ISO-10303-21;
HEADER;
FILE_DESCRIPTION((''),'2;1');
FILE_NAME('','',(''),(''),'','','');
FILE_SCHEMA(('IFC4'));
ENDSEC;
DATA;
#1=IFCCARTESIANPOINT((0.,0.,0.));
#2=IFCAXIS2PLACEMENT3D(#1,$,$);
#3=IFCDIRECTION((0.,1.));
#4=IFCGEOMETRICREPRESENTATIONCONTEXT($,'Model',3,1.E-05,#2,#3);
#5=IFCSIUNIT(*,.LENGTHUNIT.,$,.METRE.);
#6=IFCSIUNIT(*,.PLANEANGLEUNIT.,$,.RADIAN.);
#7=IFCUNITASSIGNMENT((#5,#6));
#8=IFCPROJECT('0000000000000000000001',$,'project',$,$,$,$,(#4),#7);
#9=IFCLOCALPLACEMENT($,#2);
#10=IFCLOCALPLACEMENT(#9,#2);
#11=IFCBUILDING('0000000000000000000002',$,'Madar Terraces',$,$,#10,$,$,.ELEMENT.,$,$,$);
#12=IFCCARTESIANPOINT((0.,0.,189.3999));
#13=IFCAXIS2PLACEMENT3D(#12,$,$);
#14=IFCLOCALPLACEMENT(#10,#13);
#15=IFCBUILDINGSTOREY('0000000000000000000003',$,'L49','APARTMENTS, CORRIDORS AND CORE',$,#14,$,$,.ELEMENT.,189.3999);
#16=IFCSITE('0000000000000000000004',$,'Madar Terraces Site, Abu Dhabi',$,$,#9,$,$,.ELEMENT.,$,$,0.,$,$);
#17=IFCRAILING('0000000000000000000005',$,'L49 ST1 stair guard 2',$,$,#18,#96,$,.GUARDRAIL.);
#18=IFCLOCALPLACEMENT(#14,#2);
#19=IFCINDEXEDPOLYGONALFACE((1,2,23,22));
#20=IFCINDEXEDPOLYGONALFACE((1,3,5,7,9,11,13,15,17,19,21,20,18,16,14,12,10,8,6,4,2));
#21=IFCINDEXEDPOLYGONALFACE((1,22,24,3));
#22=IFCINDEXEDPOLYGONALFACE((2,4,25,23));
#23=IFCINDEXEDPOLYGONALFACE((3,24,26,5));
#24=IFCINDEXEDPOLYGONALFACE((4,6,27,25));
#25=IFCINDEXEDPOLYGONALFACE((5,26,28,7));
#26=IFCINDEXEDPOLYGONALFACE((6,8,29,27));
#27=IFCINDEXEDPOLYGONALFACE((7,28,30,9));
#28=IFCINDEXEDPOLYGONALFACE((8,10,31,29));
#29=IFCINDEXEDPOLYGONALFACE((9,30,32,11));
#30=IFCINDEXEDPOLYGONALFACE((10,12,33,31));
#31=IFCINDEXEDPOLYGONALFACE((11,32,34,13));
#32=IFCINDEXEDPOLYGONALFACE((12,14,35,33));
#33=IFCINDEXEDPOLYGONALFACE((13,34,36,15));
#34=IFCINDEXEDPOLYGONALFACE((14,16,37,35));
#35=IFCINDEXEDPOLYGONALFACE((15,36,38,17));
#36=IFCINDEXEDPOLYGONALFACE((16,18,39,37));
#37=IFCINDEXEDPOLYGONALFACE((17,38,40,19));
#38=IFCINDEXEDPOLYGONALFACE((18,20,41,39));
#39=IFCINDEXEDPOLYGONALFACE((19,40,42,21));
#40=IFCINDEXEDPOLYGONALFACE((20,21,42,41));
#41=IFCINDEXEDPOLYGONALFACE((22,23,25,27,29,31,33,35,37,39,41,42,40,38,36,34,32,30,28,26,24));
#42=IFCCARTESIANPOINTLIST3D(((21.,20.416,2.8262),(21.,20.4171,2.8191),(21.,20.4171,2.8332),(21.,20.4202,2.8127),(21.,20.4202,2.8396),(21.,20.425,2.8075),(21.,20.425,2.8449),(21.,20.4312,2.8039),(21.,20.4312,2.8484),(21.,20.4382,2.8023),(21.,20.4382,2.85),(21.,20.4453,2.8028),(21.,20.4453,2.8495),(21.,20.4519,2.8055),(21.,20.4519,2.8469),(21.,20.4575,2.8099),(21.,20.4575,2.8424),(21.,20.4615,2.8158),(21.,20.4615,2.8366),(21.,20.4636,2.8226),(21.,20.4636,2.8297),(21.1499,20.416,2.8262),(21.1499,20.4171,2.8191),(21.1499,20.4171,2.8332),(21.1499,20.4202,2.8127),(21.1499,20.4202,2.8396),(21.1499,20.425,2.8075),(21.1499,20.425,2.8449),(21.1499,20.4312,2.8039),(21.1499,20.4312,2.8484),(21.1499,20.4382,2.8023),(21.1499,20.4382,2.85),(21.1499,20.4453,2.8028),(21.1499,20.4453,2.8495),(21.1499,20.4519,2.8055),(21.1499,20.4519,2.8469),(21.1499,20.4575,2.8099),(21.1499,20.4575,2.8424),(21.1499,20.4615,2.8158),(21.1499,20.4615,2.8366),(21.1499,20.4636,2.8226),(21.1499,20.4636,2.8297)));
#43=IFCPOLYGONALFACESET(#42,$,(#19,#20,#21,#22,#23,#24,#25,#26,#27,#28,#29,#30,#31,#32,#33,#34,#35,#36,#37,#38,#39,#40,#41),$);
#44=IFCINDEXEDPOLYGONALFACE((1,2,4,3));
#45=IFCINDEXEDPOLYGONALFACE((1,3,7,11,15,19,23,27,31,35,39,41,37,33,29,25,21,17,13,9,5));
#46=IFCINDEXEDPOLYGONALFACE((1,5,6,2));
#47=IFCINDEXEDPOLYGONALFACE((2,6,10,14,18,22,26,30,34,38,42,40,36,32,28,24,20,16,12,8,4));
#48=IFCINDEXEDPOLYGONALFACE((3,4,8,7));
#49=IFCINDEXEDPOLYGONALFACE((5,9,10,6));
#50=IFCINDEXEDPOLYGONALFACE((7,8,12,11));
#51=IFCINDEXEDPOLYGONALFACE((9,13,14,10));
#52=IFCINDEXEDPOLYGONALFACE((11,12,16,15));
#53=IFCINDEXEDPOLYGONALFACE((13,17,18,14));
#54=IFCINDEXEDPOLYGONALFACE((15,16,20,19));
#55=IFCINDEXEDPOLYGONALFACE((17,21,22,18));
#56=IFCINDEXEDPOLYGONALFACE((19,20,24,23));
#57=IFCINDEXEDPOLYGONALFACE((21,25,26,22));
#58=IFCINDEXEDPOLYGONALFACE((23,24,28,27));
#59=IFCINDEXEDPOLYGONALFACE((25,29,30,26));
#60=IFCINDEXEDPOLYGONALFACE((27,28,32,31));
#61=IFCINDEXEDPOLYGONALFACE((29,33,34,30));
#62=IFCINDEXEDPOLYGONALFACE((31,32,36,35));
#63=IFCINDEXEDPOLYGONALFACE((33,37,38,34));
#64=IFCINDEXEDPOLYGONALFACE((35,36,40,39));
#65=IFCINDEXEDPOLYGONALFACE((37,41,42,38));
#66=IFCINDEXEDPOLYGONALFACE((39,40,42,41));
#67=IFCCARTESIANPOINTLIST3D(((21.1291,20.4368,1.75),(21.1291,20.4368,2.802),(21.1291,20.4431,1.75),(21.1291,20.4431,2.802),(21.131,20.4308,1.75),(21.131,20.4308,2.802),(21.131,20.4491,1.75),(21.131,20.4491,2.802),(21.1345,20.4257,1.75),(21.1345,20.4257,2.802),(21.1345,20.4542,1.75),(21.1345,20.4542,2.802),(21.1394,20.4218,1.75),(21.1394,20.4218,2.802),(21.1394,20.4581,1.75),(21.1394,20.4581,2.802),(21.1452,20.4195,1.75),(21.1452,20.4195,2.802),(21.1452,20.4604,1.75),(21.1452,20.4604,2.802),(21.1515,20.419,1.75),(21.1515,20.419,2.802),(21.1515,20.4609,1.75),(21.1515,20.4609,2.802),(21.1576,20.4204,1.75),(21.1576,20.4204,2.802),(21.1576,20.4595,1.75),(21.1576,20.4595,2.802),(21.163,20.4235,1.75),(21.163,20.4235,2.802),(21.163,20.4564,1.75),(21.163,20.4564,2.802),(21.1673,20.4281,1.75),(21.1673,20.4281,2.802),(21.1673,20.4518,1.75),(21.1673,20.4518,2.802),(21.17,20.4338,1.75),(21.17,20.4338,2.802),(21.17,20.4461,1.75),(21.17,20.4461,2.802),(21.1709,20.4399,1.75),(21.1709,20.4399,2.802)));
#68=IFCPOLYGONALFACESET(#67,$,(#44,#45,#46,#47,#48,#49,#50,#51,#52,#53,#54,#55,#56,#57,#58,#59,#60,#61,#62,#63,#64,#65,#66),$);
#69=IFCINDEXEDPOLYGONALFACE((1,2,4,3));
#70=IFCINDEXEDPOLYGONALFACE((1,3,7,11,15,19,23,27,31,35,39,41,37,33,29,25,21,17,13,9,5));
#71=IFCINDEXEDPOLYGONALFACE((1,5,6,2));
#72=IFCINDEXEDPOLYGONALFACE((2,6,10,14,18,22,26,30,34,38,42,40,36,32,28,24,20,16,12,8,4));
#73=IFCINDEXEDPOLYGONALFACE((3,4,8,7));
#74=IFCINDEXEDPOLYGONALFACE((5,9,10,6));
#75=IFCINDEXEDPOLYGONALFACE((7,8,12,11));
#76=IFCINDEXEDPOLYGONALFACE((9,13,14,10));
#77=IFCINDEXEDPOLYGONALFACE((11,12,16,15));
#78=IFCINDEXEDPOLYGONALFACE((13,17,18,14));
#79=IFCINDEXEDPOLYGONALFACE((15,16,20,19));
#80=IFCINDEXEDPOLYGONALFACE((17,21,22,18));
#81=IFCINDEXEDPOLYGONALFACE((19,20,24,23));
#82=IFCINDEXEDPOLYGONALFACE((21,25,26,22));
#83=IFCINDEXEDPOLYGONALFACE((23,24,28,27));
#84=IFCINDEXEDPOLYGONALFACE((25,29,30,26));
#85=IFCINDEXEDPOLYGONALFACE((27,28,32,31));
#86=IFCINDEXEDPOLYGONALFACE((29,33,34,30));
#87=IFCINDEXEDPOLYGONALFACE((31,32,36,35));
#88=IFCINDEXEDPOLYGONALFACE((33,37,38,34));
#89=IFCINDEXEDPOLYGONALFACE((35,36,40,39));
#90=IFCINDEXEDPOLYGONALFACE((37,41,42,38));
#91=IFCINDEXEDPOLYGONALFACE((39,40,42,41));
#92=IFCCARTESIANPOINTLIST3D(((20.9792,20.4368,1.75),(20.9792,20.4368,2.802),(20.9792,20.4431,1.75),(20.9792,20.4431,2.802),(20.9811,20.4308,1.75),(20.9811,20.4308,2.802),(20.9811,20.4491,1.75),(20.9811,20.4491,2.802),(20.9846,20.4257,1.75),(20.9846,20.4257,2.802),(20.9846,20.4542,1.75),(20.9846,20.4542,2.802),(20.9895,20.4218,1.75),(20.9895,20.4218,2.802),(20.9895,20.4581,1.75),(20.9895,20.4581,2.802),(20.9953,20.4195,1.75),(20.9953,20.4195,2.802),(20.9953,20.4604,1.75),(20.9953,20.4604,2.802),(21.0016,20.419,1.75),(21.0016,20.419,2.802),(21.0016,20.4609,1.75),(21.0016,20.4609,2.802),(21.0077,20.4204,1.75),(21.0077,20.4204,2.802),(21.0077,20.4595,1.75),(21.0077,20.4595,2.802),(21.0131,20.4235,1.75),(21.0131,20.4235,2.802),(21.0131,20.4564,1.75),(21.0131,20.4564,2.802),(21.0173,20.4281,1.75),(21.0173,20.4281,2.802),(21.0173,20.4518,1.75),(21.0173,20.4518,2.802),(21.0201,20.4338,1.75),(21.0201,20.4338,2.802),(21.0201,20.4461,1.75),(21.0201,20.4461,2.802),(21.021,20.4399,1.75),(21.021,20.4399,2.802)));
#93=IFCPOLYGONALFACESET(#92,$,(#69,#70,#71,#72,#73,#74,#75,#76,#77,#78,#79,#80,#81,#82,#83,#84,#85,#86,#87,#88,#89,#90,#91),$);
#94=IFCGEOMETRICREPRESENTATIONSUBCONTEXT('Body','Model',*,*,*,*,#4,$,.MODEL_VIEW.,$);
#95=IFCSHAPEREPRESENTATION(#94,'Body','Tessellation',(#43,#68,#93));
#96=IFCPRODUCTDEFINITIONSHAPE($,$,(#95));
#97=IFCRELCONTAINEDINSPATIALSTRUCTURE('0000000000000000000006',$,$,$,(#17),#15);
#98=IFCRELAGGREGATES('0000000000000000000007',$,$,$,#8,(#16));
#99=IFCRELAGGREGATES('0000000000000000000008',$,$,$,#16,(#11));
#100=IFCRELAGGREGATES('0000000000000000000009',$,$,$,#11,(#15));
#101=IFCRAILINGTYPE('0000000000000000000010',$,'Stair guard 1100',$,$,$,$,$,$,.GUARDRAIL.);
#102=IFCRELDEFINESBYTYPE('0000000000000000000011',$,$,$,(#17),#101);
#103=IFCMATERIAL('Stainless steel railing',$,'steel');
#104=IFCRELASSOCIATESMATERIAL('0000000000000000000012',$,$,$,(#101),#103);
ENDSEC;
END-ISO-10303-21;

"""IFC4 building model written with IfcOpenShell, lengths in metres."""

from ifc_helpers import new_model, si_unit, direction, frame, origin, origin_2d, place, context, subcontext, project, spatial, circle, extrude, material, type_object, element, save


model = new_model("IFC4")

# Units and contexts
model_context = context("Model", 3, precision=1e-05, world=origin(), true_north=direction((0.0, 1.0)))
body_context = subcontext(model_context, "Body", "Model", "MODEL_VIEW")
ifc_project = project(units=[si_unit("LENGTHUNIT", "METRE"), si_unit("PLANEANGLEUNIT", "RADIAN")], contexts=[model_context])

# Site, building, storey
site_placement = place(None, origin())
site = spatial("IfcSite", under=ifc_project, at=site_placement, Name="Madar Terraces Site, Abu Dhabi", CompositionType="ELEMENT", RefElevation=0.0)
building_placement = place(site_placement, origin())
building = spatial("IfcBuilding", under=site, at=building_placement, Name="Madar Terraces", CompositionType="ELEMENT")
storey_placement = place(building_placement, frame((0.0, 0.0, 189.3999)))
storey = spatial("IfcBuildingStorey", under=building, at=storey_placement, Name="L49", Description="APARTMENTS, CORRIDORS AND CORE", CompositionType="ELEMENT", Elevation=189.3999)

# Railing
ifc_material_1 = material(Name="Stainless steel railing", Category="steel")
railing_type_1 = type_object("IfcRailingType", Name="Stair guard 1100", PredefinedType="GUARDRAIL", material=ifc_material_1)
railing_1_placement = place(storey_placement, frame((21.1499, 20.4399, 1.75)))
element("IfcRailing", 1, at=railing_1_placement, inside=storey, type_object=railing_type_1, Name="L49 ST1 stair guard 2", PredefinedType="GUARDRAIL", context=body_context, shape_type="SweptSolid", body=[
    extrude(circle(Radius=0.0239, at=origin_2d()), frame((0.0, 0.0, 1.0762), z_axis=(-1.0, 0.0, 0.0), x_axis=(0.0, -1.0, 0.0)), (0.0, 0.0, 1.0), 0.1499),
    extrude(circle(Radius=0.021, at=origin_2d()), origin(), (0.0, 0.0, 1.0), 1.052),
    extrude(circle(Radius=0.021, at=origin_2d()), frame((-0.1499, 0.0, 0.0)), (0.0, 0.0, 1.0), 1.052),
])

save(model, "model.ifc")
